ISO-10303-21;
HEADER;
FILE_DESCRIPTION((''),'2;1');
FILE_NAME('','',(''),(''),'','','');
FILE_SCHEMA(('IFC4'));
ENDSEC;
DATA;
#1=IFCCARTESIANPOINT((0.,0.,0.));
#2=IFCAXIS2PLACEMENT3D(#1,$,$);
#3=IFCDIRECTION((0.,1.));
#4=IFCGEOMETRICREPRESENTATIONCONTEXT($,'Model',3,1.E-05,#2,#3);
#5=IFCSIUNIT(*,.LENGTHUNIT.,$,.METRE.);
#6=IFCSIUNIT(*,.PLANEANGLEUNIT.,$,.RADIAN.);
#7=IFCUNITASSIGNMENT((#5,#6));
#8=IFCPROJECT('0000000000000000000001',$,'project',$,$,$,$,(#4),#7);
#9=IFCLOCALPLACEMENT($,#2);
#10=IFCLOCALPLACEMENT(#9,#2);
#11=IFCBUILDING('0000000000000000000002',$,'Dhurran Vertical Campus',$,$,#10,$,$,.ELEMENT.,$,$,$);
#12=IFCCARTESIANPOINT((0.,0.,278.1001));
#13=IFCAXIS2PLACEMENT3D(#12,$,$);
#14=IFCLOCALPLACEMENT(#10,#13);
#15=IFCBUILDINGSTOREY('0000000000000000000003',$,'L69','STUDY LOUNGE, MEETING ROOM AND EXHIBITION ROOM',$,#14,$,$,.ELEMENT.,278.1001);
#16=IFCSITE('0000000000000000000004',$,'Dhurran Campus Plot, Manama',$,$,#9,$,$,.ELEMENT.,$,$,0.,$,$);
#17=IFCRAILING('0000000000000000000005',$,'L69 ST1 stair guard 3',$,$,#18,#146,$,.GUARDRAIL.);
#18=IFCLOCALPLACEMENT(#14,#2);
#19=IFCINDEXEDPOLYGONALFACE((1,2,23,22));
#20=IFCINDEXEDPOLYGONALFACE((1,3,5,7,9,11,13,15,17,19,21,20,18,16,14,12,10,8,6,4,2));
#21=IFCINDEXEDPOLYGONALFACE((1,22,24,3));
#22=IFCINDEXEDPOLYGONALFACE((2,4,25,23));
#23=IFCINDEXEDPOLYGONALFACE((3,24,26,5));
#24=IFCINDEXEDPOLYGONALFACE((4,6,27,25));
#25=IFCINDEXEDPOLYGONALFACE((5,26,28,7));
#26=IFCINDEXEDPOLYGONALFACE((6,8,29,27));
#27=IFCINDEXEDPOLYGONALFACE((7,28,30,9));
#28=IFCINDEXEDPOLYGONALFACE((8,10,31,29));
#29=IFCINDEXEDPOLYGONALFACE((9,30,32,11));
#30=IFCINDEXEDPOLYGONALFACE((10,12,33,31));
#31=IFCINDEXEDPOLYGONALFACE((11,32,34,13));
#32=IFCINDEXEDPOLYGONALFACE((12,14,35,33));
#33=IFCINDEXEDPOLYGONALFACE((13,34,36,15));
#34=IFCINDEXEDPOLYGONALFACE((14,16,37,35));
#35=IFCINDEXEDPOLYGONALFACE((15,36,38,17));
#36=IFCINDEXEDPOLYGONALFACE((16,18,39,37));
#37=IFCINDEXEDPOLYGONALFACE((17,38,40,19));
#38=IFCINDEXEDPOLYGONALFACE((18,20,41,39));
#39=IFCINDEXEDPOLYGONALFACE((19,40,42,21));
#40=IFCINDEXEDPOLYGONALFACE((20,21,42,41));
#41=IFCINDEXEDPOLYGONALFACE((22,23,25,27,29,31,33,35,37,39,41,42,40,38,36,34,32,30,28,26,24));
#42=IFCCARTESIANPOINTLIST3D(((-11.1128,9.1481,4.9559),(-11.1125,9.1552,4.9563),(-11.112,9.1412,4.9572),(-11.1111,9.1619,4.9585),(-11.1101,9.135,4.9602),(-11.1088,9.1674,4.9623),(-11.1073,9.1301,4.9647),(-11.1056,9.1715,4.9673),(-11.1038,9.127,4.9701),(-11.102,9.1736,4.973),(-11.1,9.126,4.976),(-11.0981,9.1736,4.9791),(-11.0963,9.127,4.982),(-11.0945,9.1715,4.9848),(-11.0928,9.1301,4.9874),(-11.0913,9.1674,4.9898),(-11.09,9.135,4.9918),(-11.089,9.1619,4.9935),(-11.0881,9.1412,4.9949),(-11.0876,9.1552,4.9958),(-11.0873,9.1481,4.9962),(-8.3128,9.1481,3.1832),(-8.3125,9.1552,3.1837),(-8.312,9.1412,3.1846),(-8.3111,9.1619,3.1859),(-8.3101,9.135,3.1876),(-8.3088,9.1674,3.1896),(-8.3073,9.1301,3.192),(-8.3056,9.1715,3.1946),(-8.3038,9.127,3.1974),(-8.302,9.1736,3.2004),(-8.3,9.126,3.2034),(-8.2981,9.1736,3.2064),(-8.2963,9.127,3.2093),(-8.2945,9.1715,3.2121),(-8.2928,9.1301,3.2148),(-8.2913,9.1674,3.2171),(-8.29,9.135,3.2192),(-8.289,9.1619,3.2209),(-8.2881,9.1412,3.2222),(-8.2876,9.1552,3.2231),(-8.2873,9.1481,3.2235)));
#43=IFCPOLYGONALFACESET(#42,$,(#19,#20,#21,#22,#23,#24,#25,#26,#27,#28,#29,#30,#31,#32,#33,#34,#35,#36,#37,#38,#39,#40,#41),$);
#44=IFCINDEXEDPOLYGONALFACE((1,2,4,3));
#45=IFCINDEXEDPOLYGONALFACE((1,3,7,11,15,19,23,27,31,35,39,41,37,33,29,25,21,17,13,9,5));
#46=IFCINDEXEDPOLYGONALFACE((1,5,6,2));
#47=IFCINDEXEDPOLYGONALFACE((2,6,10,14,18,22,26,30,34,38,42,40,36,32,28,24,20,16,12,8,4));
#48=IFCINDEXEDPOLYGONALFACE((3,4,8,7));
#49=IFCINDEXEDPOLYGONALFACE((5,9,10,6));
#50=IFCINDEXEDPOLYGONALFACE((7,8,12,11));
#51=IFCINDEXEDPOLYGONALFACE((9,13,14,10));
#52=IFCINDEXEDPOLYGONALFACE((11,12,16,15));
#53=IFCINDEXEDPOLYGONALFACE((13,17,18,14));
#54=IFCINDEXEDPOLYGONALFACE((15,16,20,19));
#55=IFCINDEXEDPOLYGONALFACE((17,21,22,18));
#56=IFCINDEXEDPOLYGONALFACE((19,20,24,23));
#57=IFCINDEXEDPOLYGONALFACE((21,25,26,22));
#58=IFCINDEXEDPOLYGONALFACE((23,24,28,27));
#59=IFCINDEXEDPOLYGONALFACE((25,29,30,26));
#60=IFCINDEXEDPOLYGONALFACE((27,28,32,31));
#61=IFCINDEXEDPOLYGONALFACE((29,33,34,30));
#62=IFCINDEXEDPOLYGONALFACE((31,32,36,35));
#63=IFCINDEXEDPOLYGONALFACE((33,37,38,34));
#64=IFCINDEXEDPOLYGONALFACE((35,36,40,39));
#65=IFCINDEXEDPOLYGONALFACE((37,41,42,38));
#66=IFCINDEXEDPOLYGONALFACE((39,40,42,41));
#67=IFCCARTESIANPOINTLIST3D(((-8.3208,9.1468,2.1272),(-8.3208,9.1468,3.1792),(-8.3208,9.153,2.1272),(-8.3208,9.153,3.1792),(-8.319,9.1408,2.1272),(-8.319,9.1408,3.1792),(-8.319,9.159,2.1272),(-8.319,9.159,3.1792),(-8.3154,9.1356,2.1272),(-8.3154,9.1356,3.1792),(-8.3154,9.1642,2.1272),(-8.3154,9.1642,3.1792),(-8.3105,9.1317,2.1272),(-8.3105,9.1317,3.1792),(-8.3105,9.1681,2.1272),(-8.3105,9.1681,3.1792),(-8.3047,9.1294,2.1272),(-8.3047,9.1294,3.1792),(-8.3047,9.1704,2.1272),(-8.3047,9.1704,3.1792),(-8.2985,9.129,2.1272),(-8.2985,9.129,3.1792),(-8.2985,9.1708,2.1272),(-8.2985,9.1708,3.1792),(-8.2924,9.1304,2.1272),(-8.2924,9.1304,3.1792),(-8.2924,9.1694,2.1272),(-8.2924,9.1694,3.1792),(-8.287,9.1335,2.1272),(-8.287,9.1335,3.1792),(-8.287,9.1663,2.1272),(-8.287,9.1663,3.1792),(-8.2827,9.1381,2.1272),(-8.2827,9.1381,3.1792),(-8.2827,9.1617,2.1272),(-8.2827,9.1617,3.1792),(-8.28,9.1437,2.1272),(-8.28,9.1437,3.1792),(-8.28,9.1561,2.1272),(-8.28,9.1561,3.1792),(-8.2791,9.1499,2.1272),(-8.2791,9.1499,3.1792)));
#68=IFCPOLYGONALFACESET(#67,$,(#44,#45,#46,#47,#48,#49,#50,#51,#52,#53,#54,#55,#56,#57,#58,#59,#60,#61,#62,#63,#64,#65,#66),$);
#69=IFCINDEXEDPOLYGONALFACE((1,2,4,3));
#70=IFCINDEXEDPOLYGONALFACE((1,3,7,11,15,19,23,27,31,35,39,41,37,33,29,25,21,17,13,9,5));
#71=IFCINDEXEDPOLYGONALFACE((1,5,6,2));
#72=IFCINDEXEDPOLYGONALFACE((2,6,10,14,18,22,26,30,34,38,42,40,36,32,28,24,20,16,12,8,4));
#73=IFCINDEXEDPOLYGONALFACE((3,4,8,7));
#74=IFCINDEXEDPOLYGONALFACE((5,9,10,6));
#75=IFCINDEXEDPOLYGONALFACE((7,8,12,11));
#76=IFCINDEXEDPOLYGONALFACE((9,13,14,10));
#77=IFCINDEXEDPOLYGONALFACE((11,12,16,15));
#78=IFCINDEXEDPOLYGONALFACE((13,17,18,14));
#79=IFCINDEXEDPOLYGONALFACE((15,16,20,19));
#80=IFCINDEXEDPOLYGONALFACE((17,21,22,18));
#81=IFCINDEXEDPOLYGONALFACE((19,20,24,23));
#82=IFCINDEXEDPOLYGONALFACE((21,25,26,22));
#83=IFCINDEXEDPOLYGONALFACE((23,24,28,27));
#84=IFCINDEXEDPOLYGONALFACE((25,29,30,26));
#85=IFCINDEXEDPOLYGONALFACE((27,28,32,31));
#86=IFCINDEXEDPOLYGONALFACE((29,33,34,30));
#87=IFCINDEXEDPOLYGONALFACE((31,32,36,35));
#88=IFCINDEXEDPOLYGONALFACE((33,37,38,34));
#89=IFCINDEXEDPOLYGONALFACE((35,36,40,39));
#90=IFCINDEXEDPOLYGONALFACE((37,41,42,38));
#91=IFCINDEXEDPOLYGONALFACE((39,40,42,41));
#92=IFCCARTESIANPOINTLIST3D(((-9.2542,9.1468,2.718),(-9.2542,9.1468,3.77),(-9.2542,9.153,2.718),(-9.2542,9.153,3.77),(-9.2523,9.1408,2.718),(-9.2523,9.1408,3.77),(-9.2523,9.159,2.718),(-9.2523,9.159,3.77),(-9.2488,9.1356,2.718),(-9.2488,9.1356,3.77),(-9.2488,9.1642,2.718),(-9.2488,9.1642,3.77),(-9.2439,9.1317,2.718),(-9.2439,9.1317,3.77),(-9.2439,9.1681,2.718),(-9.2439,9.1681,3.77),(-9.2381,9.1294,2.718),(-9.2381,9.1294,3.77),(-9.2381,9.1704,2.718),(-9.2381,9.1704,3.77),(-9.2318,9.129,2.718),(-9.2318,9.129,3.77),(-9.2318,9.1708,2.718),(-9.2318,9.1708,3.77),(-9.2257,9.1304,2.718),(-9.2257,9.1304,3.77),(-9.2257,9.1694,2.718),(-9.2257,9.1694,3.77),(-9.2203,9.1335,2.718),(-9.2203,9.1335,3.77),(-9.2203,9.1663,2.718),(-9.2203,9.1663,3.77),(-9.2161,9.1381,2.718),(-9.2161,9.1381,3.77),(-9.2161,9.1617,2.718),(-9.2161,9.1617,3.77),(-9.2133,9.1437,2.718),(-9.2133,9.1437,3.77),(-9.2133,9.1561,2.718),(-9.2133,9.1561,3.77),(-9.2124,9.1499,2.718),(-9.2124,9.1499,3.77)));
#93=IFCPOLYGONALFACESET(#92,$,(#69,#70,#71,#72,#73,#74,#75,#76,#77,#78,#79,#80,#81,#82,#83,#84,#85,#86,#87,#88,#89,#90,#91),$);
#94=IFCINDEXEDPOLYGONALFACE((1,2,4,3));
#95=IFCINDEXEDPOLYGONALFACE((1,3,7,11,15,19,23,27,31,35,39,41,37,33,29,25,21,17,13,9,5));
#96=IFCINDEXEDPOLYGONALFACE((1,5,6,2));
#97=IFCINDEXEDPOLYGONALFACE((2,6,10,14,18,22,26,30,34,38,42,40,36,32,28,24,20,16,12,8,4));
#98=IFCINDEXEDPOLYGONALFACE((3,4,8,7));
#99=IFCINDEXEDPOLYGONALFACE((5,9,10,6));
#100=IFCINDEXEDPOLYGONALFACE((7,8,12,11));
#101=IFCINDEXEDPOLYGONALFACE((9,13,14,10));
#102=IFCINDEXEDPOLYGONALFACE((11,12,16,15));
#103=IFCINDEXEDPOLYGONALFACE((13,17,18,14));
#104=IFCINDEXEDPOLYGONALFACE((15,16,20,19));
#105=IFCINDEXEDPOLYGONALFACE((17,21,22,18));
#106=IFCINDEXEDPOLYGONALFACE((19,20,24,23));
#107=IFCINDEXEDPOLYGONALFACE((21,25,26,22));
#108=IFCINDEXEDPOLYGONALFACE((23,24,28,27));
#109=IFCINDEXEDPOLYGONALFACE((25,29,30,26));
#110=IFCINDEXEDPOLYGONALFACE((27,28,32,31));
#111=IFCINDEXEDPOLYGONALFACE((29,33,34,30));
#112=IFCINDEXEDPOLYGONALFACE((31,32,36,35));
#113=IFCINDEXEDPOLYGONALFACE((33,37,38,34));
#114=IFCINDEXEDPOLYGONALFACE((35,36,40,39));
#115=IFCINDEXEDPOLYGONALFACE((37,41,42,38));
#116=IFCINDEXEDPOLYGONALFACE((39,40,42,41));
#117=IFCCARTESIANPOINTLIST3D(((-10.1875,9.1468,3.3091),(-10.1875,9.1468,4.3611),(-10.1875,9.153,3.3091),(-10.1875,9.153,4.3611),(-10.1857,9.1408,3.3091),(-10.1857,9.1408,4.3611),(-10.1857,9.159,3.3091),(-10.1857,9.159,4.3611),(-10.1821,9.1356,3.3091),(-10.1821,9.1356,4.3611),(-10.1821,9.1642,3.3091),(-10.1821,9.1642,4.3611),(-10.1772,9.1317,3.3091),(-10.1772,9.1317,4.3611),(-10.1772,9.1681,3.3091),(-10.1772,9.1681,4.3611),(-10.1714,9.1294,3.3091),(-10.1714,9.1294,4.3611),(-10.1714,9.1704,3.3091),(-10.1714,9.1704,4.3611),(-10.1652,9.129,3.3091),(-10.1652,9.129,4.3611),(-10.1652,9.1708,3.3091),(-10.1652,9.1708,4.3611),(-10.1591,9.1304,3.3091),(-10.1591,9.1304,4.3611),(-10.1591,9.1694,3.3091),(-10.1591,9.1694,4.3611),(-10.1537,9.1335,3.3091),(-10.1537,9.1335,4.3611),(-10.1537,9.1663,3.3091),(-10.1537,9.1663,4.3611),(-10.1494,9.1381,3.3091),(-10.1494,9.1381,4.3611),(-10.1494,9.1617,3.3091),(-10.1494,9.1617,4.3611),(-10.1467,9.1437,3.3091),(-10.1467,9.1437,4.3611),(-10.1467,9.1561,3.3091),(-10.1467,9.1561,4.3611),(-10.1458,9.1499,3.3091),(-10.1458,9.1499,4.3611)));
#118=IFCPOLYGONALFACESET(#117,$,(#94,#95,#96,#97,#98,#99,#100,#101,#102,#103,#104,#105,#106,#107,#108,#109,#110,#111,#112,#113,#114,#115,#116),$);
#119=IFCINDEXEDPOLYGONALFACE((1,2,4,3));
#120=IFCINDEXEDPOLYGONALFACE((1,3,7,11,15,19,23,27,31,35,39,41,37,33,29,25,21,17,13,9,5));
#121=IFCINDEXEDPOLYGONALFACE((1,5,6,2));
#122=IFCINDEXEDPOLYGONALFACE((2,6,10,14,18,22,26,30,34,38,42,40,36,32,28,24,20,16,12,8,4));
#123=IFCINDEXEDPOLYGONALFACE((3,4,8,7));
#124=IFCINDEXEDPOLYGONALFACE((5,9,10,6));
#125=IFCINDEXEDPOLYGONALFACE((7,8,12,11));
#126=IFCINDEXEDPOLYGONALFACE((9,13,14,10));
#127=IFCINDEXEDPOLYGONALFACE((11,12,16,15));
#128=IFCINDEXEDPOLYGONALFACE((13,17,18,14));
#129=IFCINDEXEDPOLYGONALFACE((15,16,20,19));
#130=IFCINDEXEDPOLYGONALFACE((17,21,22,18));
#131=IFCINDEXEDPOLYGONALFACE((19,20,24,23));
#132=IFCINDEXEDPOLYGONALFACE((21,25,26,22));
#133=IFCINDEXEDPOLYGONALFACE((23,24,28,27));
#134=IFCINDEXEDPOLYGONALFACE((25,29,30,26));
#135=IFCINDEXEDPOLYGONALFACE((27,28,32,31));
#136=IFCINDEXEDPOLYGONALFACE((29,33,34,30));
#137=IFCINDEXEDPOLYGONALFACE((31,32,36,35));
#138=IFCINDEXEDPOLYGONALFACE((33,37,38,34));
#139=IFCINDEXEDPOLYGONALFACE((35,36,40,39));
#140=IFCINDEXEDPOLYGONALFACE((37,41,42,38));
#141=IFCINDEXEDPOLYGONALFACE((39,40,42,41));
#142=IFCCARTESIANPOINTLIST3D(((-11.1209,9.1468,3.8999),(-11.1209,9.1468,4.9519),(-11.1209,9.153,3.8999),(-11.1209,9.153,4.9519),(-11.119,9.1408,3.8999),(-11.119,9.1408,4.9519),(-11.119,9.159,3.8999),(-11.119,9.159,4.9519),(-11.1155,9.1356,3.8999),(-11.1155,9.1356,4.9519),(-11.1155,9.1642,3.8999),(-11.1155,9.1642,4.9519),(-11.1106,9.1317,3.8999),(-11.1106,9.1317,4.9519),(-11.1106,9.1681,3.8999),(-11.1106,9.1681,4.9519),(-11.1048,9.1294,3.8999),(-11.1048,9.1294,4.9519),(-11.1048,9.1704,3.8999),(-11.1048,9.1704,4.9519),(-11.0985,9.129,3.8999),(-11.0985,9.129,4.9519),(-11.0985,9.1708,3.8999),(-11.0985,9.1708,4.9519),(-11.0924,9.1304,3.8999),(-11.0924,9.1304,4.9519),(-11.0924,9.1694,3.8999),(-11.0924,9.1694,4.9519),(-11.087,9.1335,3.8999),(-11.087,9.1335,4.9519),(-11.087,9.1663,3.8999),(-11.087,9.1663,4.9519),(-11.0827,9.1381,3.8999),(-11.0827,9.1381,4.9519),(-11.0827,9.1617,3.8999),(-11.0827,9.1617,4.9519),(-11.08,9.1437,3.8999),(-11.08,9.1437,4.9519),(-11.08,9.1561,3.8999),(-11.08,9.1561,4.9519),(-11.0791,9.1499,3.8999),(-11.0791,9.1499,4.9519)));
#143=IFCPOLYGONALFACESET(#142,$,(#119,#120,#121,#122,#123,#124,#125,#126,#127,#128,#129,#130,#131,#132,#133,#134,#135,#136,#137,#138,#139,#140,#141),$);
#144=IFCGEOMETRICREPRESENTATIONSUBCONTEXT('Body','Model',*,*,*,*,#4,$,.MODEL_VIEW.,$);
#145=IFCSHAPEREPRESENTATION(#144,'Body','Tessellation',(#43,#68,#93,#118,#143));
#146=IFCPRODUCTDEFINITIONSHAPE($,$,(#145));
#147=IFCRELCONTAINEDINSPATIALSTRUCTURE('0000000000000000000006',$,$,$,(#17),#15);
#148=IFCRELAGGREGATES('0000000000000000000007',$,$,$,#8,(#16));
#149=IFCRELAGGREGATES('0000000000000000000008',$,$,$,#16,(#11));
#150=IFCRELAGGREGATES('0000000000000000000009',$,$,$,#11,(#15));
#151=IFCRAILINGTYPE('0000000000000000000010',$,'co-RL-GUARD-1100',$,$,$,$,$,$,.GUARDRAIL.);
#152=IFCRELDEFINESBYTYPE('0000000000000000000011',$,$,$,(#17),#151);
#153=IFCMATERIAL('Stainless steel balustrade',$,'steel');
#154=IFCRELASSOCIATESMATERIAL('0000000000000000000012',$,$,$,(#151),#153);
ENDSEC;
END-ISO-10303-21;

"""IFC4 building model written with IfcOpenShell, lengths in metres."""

from ifc_helpers import new_model, si_unit, direction, frame, origin, origin_2d, place, context, subcontext, project, spatial, circle, extrude, material, type_object, element, save


model = new_model("IFC4")

# Units and contexts
model_context = context("Model", 3, precision=1e-05, world=origin(), true_north=direction((0.0, 1.0)))
body_context = subcontext(model_context, "Body", "Model", "MODEL_VIEW")
ifc_project = project(units=[si_unit("LENGTHUNIT", "METRE"), si_unit("PLANEANGLEUNIT", "RADIAN")], contexts=[model_context])

# Site, building, storey
site_placement = place(None, origin())
site = spatial("IfcSite", under=ifc_project, at=site_placement, Name="Dhurran Campus Plot, Manama", CompositionType="ELEMENT", RefElevation=0.0)
building_placement = place(site_placement, origin())
building = spatial("IfcBuilding", under=site, at=building_placement, Name="Dhurran Vertical Campus", CompositionType="ELEMENT")
storey_placement = place(building_placement, frame((0.0, 0.0, 278.1001)))
storey = spatial("IfcBuildingStorey", under=building, at=storey_placement, Name="L69", Description="STUDY LOUNGE, MEETING ROOM AND EXHIBITION ROOM", CompositionType="ELEMENT", Elevation=278.1001)

# Railing
ifc_material_1 = material(Name="Stainless steel balustrade", Category="steel")
railing_type_1 = type_object("IfcRailingType", Name="co-RL-GUARD-1100", PredefinedType="GUARDRAIL", material=ifc_material_1)
railing_1_placement = place(storey_placement, frame((-8.3, 9.1499, 2.1272)))
element("IfcRailing", 1, at=railing_1_placement, inside=storey, type_object=railing_type_1, Name="L69 ST1 stair guard 3", PredefinedType="GUARDRAIL", context=body_context, shape_type="SweptSolid", body=[
    extrude(circle(Radius=0.0239, at=origin_2d()), frame((0.0, 0.0, 1.0762), z_axis=(-0.844909, 0.0, 0.53491), x_axis=(0.0, -1.0, 0.0)), (0.0, 0.0, 1.0), 3.314),
    extrude(circle(Radius=0.021, at=origin_2d()), origin(), (0.0, 0.0, 1.0), 1.052),
    extrude(circle(Radius=0.021, at=origin_2d()), frame((-0.9333, 0.0, 0.5908)), (0.0, 0.0, 1.0), 1.052),
    extrude(circle(Radius=0.021, at=origin_2d()), frame((-1.8667, 0.0, 1.1819)), (0.0, 0.0, 1.0), 1.052),
    extrude(circle(Radius=0.021, at=origin_2d()), frame((-2.8, 0.0, 1.7727)), (0.0, 0.0, 1.0), 1.052),
])

save(model, "model.ifc")
